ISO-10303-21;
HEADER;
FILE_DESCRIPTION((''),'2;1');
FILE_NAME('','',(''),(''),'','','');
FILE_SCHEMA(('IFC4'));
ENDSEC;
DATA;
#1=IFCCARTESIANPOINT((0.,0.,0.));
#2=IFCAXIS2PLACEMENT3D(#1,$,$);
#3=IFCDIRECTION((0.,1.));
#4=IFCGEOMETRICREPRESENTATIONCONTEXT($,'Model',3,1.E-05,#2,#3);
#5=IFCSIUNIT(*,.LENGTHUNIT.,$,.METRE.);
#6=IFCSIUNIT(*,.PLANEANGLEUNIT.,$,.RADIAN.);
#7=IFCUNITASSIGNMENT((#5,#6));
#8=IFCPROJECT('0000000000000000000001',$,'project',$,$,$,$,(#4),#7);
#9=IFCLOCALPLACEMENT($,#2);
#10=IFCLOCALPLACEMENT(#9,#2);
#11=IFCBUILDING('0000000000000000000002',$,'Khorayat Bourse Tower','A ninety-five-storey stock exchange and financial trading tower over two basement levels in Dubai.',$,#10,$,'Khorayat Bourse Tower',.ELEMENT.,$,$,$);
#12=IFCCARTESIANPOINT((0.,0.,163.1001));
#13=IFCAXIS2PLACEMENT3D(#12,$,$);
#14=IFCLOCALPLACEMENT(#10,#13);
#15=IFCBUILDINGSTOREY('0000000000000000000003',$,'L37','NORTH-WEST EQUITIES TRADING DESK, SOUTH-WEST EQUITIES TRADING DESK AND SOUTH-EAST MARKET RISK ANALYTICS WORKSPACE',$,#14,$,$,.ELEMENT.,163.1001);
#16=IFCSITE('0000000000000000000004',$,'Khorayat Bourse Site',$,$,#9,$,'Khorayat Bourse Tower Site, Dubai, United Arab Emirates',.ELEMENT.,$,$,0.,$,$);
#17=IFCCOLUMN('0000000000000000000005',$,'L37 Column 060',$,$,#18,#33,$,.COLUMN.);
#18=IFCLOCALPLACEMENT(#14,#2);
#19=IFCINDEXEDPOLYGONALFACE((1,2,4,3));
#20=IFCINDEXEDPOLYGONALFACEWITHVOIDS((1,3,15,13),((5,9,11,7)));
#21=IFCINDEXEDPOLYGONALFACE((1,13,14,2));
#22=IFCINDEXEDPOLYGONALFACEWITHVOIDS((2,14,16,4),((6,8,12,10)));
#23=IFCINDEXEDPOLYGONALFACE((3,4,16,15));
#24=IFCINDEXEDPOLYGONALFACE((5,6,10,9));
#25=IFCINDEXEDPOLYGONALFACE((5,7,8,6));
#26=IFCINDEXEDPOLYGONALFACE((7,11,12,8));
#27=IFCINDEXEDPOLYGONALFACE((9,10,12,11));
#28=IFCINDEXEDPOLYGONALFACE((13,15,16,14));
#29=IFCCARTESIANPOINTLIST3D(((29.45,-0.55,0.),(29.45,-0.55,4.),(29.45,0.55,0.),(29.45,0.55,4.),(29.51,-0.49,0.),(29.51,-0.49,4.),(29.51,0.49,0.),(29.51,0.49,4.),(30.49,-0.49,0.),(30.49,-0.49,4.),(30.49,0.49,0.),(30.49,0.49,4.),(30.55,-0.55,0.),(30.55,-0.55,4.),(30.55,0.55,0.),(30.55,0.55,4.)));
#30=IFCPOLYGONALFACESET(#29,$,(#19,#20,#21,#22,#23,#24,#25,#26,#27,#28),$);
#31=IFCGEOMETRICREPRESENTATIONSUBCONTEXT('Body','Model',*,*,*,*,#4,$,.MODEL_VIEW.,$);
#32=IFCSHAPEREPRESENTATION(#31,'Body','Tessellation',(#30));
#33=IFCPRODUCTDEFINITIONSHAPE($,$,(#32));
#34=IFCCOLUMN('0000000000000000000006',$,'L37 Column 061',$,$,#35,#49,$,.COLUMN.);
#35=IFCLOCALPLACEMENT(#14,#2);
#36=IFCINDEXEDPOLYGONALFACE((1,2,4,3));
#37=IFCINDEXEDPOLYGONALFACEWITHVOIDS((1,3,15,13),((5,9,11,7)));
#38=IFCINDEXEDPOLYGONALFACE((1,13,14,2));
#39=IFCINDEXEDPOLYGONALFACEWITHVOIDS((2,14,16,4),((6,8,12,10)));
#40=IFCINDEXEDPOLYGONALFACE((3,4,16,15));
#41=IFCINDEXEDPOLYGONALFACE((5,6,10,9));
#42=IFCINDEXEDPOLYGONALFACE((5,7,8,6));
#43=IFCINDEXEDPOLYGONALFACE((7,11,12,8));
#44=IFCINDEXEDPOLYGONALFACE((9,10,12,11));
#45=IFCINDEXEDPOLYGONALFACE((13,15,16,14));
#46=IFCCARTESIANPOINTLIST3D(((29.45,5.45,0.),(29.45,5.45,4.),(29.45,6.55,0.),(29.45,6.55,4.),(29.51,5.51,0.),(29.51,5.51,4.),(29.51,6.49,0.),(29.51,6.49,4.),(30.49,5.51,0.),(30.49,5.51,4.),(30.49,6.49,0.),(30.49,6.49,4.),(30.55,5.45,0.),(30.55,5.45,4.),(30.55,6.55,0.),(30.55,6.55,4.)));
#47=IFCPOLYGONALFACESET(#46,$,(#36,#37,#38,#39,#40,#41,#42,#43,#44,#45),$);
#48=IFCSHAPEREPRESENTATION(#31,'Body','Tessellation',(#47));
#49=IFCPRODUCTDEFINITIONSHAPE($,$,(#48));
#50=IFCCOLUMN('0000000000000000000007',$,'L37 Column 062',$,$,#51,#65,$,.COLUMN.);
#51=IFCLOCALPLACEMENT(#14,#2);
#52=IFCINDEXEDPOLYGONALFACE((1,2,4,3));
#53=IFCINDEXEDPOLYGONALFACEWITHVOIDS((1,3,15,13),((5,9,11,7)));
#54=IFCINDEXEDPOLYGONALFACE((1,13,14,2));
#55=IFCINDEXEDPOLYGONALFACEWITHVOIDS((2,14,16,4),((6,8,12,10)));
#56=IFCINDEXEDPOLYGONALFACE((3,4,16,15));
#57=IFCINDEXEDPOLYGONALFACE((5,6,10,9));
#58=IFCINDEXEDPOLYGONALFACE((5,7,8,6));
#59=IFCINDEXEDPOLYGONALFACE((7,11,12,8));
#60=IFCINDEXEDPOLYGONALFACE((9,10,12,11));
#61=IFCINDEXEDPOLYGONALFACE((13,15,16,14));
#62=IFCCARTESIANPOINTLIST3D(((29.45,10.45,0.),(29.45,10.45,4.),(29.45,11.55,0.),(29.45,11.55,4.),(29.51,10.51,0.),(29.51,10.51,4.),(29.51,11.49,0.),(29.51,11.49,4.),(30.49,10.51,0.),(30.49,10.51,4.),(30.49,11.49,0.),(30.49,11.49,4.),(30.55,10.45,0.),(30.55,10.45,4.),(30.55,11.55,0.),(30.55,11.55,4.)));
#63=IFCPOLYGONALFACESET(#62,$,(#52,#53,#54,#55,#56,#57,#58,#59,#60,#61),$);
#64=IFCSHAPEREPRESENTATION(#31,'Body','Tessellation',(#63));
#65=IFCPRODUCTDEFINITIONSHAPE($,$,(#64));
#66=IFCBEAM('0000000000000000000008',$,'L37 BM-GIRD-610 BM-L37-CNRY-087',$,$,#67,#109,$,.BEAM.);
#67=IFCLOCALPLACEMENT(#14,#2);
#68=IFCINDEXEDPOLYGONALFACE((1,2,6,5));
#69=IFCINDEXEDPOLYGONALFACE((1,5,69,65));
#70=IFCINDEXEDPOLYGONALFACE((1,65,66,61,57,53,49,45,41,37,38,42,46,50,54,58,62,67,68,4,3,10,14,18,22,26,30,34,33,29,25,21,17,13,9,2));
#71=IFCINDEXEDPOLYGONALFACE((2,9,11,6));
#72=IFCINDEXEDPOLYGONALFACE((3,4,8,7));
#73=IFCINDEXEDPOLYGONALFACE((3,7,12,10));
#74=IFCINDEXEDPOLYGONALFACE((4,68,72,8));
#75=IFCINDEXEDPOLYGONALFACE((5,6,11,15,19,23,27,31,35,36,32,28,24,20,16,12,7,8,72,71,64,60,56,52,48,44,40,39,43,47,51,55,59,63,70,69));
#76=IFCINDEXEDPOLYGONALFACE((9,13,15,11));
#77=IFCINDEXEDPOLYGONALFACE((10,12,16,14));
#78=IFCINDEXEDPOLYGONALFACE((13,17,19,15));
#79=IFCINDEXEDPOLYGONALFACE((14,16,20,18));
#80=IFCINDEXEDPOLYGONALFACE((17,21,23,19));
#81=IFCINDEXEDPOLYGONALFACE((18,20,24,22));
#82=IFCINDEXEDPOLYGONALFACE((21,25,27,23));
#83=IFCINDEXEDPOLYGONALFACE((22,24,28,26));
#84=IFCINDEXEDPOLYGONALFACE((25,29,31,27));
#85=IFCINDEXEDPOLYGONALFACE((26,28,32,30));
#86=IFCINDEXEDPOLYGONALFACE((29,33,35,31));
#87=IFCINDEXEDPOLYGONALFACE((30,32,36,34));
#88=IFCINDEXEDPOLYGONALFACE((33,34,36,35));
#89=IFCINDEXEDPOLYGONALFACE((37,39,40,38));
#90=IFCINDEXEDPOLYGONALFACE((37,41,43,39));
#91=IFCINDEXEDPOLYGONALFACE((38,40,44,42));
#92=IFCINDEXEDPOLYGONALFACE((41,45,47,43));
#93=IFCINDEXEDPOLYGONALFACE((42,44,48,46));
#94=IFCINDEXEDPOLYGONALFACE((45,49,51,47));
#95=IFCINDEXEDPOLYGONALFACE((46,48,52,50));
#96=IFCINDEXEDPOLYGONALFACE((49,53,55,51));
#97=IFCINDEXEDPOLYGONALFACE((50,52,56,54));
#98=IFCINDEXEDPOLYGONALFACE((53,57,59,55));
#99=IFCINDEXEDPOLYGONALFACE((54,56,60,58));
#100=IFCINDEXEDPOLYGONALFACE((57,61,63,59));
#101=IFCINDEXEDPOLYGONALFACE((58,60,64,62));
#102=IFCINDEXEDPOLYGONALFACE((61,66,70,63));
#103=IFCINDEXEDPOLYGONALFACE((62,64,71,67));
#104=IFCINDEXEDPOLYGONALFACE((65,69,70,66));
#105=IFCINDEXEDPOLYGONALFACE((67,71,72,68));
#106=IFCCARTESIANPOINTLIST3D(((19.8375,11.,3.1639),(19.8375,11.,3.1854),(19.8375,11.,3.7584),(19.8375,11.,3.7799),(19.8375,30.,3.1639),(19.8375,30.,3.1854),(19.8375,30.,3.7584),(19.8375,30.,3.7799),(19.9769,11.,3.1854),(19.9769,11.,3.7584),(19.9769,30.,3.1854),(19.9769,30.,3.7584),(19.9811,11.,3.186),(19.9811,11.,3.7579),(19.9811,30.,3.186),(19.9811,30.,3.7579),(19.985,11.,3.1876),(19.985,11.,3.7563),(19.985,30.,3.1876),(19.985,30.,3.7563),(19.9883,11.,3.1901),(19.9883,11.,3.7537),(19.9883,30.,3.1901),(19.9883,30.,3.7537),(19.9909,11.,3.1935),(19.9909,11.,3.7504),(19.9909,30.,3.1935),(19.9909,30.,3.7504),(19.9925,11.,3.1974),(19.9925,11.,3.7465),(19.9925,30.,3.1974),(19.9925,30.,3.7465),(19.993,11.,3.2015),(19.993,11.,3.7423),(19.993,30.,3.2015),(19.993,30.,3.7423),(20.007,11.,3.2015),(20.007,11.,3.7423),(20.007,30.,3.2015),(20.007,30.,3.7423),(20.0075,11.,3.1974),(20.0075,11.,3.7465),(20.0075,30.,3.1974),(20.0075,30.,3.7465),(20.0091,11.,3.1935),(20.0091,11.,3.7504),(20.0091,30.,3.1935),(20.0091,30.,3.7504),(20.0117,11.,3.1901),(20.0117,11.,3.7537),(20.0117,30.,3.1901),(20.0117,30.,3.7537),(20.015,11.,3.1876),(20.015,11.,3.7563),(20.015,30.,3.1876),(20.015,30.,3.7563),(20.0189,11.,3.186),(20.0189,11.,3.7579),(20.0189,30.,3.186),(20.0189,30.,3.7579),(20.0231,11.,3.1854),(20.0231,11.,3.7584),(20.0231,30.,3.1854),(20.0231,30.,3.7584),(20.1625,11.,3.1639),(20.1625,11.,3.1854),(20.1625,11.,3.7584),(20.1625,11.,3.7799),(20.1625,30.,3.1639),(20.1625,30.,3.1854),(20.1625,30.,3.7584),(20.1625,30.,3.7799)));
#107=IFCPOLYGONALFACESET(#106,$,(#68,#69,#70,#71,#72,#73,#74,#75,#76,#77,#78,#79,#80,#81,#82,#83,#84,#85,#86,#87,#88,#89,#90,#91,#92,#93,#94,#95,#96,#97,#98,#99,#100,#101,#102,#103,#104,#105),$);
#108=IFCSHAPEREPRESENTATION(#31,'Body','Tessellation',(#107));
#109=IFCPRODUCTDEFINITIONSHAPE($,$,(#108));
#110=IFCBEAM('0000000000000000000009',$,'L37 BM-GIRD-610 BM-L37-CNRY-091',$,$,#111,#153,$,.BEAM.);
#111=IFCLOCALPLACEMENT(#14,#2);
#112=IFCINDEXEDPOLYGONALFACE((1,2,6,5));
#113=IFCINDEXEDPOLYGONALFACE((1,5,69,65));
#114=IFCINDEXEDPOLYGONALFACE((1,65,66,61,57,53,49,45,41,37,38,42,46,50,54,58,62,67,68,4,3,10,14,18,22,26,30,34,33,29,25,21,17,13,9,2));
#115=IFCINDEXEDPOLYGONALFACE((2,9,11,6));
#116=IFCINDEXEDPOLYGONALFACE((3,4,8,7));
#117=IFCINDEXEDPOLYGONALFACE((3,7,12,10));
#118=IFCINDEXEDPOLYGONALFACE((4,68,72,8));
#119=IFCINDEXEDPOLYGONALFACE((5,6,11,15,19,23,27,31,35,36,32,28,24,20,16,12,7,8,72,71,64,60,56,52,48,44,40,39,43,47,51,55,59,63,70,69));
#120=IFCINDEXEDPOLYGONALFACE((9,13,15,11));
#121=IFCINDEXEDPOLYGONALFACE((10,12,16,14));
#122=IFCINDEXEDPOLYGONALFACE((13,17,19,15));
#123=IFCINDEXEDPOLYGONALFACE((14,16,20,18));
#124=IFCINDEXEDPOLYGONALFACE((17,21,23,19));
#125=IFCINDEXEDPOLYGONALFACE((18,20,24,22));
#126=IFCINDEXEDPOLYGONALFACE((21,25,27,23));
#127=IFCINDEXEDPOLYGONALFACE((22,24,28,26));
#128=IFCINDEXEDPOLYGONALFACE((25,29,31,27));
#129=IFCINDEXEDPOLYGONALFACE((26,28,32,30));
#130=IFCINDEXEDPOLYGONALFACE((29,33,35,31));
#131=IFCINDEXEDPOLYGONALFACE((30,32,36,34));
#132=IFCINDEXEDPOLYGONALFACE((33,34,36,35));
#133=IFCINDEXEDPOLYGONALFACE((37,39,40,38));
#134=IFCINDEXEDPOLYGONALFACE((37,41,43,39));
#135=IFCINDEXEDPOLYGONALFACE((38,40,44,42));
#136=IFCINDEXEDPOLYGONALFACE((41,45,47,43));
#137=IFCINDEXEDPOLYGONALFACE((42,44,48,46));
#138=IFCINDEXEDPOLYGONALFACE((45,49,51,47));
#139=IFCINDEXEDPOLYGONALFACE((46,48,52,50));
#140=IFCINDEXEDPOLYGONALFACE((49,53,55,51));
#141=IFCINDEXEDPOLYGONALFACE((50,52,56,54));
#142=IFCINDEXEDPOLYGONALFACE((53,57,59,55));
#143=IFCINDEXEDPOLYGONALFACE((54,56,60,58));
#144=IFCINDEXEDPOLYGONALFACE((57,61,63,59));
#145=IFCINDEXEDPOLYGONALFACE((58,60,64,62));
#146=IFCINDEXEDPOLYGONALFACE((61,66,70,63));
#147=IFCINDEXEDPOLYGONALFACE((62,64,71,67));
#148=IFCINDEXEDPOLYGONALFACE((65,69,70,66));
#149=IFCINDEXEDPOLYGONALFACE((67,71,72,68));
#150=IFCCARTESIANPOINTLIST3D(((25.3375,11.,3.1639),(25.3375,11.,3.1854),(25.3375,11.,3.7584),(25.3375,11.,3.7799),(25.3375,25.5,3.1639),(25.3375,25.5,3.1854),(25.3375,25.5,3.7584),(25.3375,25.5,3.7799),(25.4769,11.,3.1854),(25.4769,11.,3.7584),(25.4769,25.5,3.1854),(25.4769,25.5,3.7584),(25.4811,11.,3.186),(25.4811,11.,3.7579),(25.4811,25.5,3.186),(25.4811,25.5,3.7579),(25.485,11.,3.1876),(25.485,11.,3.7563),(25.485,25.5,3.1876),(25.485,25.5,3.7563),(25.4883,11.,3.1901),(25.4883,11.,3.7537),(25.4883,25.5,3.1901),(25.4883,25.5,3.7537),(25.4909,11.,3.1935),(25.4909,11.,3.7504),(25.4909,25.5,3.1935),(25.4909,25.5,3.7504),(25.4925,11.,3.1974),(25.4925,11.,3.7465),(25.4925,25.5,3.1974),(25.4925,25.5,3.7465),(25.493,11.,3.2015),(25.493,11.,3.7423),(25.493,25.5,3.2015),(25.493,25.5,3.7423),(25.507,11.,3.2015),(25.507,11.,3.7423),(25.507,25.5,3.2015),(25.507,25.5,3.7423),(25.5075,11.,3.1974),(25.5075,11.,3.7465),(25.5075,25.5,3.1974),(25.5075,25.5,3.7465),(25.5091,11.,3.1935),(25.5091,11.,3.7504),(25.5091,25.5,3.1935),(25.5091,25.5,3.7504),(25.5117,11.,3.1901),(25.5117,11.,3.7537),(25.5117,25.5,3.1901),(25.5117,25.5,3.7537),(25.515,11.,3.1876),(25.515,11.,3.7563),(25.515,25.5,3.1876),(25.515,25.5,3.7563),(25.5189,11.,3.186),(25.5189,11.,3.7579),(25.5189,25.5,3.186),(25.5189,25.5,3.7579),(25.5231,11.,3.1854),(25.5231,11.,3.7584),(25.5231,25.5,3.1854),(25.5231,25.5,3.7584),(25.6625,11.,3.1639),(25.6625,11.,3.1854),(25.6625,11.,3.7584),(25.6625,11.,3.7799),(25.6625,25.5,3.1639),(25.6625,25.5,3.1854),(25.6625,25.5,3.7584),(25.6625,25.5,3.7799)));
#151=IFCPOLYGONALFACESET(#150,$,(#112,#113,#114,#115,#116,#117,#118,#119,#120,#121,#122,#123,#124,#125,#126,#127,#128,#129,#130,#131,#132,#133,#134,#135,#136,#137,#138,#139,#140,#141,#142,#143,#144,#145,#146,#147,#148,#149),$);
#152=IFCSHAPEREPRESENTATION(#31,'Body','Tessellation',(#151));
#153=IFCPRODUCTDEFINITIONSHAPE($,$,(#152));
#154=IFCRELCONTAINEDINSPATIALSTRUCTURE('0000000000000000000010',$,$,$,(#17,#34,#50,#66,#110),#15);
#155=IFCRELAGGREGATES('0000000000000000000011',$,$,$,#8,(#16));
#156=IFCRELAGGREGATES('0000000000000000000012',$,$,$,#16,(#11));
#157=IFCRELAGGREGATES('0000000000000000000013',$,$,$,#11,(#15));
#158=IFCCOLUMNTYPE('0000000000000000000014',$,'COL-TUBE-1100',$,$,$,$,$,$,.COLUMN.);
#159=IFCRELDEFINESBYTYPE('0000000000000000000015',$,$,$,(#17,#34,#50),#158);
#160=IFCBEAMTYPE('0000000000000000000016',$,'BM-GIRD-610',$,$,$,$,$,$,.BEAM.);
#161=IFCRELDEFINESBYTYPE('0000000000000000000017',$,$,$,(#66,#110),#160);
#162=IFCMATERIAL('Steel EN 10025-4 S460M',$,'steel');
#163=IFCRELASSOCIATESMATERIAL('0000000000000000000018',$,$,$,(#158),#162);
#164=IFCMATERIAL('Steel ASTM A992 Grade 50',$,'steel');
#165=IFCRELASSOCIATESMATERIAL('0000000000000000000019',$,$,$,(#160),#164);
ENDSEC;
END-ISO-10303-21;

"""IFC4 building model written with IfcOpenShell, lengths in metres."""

from ifc_helpers import new_model, si_unit, direction, frame, origin, origin_2d, place, context, subcontext, project, spatial, hollow_rectangle, i_section, extrude, source, transform, mapped, material, material_profile, profile_set, type_object, element, save


model = new_model("IFC4")

# Units and contexts
model_context = context("Model", 3, precision=1e-05, world=origin(), true_north=direction((0.0, 1.0)))
body_context = subcontext(model_context, "Body", "Model", "MODEL_VIEW")
ifc_project = project(units=[si_unit("LENGTHUNIT", "METRE"), si_unit("PLANEANGLEUNIT", "RADIAN")], contexts=[model_context])

# Site, building, storey
site_placement = place(None, origin())
site = spatial("IfcSite", under=ifc_project, at=site_placement, Name="Khorayat Bourse Site", LongName="Khorayat Bourse Tower Site, Dubai, United Arab Emirates", CompositionType="ELEMENT", RefElevation=0.0)
building_placement = place(site_placement, origin())
building = spatial("IfcBuilding", under=site, at=building_placement, Name="Khorayat Bourse Tower", Description="A ninety-five-storey stock exchange and financial trading tower over two basement levels in Dubai.", LongName="Khorayat Bourse Tower", CompositionType="ELEMENT")
storey_placement = place(building_placement, frame((0.0, 0.0, 163.1001)))
storey = spatial("IfcBuildingStorey", under=building, at=storey_placement, Name="L37", Description="NORTH-WEST EQUITIES TRADING DESK, SOUTH-WEST EQUITIES TRADING DESK AND SOUTH-EAST MARKET RISK ANALYTICS WORKSPACE", CompositionType="ELEMENT", Elevation=163.1001)

# Columns
ifc_material_1 = material(Name="Steel EN 10025-4 S460M", Category="steel")
ifc_material_profile_1 = material_profile(ifc_material_1, hollow_rectangle(XDim=1.1001, YDim=1.1001, WallThickness=0.0601, at=origin_2d()), Name="BOX 1100x1100x60")
ifc_profile_set_1 = profile_set([ifc_material_profile_1], Name="Steel EN 10025-4 S460M")
column_type = type_object("IfcColumnType", Name="COL-TUBE-1100", PredefinedType="COLUMN", material=ifc_profile_set_1)
shared_shape_1 = source(origin(), body_context, "Body", "SweptSolid", [
    extrude(hollow_rectangle(XDim=1.1001, YDim=1.1001, WallThickness=0.0601, at=origin_2d()), origin(), (0.0, 0.0, 1.0), 4.0),
])
for number, where, z_axis, x_axis, name in (
    (1, (30.0, 0.0, 0.0), (0.0, 0.0, 1.0), (1.0, 0.0, 0.0), "L37 Column 060"),
    (2, (30.0, 6.0, 0.0), (0.0, 0.0, 1.0), (1.0, 0.0, 0.0), "L37 Column 061"),
    (3, (30.0, 11.0, 0.0), (0.0, 0.0, 1.0), (1.0, 0.0, 0.0), "L37 Column 062"),
):
    element("IfcColumn", number, at=place(storey_placement, frame(where, z_axis=z_axis, x_axis=x_axis)), inside=storey, type_object=column_type, Name=name, PredefinedType="COLUMN", context=body_context, shape_type="MappedRepresentation", body=[
        mapped(shared_shape_1, transform((0.0, 0.0, 0.0), scale=1.0)),
    ])

# Beams
ifc_material_2 = material(Name="Steel ASTM A992 Grade 50", Category="steel")
ifc_material_profile_2 = material_profile(ifc_material_2, i_section(OverallWidth=0.325, OverallDepth=0.616, WebThickness=0.0139, FlangeThickness=0.0215, FilletRadius=0.0161, at=origin_2d()), Name="W610X174")
ifc_profile_set_2 = profile_set([ifc_material_profile_2], Name="Steel ASTM A992 Grade 50")
beam_type_1 = type_object("IfcBeamType", Name="BM-GIRD-610", PredefinedType="BEAM", material=ifc_profile_set_2)
shared_shape_2 = source(origin(), body_context, "Body", "SweptSolid", [
    extrude(i_section(OverallWidth=0.325, OverallDepth=0.616, WebThickness=0.0139, FlangeThickness=0.0215, FilletRadius=0.0161, at=origin_2d()), origin(), (0.0, 0.0, 1.0), 19.0),
])
beam_1_placement = place(storey_placement, frame((20.0, 11.0, 3.4719), z_axis=(0.0, 1.0, 0.0), x_axis=(-1.0, 0.0, 0.0)))
element("IfcBeam", 4, at=beam_1_placement, inside=storey, type_object=beam_type_1, Name="L37 BM-GIRD-610 BM-L37-CNRY-087", PredefinedType="BEAM", context=body_context, shape_type="MappedRepresentation", body=[
    mapped(shared_shape_2, transform((0.0, 0.0, 0.0), scale=1.0)),
])
shared_shape_3 = source(origin(), body_context, "Body", "SweptSolid", [
    extrude(i_section(OverallWidth=0.325, OverallDepth=0.616, WebThickness=0.0139, FlangeThickness=0.0215, FilletRadius=0.0161, at=origin_2d()), origin(), (0.0, 0.0, 1.0), 14.5),
])
beam_2_placement = place(storey_placement, frame((25.5, 11.0, 3.4719), z_axis=(0.0, 1.0, 0.0), x_axis=(-1.0, 0.0, 0.0)))
element("IfcBeam", 5, at=beam_2_placement, inside=storey, type_object=beam_type_1, Name="L37 BM-GIRD-610 BM-L37-CNRY-091", PredefinedType="BEAM", context=body_context, shape_type="MappedRepresentation", body=[
    mapped(shared_shape_3, transform((0.0, 0.0, 0.0), scale=1.0)),
])

save(model, "model.ifc")
